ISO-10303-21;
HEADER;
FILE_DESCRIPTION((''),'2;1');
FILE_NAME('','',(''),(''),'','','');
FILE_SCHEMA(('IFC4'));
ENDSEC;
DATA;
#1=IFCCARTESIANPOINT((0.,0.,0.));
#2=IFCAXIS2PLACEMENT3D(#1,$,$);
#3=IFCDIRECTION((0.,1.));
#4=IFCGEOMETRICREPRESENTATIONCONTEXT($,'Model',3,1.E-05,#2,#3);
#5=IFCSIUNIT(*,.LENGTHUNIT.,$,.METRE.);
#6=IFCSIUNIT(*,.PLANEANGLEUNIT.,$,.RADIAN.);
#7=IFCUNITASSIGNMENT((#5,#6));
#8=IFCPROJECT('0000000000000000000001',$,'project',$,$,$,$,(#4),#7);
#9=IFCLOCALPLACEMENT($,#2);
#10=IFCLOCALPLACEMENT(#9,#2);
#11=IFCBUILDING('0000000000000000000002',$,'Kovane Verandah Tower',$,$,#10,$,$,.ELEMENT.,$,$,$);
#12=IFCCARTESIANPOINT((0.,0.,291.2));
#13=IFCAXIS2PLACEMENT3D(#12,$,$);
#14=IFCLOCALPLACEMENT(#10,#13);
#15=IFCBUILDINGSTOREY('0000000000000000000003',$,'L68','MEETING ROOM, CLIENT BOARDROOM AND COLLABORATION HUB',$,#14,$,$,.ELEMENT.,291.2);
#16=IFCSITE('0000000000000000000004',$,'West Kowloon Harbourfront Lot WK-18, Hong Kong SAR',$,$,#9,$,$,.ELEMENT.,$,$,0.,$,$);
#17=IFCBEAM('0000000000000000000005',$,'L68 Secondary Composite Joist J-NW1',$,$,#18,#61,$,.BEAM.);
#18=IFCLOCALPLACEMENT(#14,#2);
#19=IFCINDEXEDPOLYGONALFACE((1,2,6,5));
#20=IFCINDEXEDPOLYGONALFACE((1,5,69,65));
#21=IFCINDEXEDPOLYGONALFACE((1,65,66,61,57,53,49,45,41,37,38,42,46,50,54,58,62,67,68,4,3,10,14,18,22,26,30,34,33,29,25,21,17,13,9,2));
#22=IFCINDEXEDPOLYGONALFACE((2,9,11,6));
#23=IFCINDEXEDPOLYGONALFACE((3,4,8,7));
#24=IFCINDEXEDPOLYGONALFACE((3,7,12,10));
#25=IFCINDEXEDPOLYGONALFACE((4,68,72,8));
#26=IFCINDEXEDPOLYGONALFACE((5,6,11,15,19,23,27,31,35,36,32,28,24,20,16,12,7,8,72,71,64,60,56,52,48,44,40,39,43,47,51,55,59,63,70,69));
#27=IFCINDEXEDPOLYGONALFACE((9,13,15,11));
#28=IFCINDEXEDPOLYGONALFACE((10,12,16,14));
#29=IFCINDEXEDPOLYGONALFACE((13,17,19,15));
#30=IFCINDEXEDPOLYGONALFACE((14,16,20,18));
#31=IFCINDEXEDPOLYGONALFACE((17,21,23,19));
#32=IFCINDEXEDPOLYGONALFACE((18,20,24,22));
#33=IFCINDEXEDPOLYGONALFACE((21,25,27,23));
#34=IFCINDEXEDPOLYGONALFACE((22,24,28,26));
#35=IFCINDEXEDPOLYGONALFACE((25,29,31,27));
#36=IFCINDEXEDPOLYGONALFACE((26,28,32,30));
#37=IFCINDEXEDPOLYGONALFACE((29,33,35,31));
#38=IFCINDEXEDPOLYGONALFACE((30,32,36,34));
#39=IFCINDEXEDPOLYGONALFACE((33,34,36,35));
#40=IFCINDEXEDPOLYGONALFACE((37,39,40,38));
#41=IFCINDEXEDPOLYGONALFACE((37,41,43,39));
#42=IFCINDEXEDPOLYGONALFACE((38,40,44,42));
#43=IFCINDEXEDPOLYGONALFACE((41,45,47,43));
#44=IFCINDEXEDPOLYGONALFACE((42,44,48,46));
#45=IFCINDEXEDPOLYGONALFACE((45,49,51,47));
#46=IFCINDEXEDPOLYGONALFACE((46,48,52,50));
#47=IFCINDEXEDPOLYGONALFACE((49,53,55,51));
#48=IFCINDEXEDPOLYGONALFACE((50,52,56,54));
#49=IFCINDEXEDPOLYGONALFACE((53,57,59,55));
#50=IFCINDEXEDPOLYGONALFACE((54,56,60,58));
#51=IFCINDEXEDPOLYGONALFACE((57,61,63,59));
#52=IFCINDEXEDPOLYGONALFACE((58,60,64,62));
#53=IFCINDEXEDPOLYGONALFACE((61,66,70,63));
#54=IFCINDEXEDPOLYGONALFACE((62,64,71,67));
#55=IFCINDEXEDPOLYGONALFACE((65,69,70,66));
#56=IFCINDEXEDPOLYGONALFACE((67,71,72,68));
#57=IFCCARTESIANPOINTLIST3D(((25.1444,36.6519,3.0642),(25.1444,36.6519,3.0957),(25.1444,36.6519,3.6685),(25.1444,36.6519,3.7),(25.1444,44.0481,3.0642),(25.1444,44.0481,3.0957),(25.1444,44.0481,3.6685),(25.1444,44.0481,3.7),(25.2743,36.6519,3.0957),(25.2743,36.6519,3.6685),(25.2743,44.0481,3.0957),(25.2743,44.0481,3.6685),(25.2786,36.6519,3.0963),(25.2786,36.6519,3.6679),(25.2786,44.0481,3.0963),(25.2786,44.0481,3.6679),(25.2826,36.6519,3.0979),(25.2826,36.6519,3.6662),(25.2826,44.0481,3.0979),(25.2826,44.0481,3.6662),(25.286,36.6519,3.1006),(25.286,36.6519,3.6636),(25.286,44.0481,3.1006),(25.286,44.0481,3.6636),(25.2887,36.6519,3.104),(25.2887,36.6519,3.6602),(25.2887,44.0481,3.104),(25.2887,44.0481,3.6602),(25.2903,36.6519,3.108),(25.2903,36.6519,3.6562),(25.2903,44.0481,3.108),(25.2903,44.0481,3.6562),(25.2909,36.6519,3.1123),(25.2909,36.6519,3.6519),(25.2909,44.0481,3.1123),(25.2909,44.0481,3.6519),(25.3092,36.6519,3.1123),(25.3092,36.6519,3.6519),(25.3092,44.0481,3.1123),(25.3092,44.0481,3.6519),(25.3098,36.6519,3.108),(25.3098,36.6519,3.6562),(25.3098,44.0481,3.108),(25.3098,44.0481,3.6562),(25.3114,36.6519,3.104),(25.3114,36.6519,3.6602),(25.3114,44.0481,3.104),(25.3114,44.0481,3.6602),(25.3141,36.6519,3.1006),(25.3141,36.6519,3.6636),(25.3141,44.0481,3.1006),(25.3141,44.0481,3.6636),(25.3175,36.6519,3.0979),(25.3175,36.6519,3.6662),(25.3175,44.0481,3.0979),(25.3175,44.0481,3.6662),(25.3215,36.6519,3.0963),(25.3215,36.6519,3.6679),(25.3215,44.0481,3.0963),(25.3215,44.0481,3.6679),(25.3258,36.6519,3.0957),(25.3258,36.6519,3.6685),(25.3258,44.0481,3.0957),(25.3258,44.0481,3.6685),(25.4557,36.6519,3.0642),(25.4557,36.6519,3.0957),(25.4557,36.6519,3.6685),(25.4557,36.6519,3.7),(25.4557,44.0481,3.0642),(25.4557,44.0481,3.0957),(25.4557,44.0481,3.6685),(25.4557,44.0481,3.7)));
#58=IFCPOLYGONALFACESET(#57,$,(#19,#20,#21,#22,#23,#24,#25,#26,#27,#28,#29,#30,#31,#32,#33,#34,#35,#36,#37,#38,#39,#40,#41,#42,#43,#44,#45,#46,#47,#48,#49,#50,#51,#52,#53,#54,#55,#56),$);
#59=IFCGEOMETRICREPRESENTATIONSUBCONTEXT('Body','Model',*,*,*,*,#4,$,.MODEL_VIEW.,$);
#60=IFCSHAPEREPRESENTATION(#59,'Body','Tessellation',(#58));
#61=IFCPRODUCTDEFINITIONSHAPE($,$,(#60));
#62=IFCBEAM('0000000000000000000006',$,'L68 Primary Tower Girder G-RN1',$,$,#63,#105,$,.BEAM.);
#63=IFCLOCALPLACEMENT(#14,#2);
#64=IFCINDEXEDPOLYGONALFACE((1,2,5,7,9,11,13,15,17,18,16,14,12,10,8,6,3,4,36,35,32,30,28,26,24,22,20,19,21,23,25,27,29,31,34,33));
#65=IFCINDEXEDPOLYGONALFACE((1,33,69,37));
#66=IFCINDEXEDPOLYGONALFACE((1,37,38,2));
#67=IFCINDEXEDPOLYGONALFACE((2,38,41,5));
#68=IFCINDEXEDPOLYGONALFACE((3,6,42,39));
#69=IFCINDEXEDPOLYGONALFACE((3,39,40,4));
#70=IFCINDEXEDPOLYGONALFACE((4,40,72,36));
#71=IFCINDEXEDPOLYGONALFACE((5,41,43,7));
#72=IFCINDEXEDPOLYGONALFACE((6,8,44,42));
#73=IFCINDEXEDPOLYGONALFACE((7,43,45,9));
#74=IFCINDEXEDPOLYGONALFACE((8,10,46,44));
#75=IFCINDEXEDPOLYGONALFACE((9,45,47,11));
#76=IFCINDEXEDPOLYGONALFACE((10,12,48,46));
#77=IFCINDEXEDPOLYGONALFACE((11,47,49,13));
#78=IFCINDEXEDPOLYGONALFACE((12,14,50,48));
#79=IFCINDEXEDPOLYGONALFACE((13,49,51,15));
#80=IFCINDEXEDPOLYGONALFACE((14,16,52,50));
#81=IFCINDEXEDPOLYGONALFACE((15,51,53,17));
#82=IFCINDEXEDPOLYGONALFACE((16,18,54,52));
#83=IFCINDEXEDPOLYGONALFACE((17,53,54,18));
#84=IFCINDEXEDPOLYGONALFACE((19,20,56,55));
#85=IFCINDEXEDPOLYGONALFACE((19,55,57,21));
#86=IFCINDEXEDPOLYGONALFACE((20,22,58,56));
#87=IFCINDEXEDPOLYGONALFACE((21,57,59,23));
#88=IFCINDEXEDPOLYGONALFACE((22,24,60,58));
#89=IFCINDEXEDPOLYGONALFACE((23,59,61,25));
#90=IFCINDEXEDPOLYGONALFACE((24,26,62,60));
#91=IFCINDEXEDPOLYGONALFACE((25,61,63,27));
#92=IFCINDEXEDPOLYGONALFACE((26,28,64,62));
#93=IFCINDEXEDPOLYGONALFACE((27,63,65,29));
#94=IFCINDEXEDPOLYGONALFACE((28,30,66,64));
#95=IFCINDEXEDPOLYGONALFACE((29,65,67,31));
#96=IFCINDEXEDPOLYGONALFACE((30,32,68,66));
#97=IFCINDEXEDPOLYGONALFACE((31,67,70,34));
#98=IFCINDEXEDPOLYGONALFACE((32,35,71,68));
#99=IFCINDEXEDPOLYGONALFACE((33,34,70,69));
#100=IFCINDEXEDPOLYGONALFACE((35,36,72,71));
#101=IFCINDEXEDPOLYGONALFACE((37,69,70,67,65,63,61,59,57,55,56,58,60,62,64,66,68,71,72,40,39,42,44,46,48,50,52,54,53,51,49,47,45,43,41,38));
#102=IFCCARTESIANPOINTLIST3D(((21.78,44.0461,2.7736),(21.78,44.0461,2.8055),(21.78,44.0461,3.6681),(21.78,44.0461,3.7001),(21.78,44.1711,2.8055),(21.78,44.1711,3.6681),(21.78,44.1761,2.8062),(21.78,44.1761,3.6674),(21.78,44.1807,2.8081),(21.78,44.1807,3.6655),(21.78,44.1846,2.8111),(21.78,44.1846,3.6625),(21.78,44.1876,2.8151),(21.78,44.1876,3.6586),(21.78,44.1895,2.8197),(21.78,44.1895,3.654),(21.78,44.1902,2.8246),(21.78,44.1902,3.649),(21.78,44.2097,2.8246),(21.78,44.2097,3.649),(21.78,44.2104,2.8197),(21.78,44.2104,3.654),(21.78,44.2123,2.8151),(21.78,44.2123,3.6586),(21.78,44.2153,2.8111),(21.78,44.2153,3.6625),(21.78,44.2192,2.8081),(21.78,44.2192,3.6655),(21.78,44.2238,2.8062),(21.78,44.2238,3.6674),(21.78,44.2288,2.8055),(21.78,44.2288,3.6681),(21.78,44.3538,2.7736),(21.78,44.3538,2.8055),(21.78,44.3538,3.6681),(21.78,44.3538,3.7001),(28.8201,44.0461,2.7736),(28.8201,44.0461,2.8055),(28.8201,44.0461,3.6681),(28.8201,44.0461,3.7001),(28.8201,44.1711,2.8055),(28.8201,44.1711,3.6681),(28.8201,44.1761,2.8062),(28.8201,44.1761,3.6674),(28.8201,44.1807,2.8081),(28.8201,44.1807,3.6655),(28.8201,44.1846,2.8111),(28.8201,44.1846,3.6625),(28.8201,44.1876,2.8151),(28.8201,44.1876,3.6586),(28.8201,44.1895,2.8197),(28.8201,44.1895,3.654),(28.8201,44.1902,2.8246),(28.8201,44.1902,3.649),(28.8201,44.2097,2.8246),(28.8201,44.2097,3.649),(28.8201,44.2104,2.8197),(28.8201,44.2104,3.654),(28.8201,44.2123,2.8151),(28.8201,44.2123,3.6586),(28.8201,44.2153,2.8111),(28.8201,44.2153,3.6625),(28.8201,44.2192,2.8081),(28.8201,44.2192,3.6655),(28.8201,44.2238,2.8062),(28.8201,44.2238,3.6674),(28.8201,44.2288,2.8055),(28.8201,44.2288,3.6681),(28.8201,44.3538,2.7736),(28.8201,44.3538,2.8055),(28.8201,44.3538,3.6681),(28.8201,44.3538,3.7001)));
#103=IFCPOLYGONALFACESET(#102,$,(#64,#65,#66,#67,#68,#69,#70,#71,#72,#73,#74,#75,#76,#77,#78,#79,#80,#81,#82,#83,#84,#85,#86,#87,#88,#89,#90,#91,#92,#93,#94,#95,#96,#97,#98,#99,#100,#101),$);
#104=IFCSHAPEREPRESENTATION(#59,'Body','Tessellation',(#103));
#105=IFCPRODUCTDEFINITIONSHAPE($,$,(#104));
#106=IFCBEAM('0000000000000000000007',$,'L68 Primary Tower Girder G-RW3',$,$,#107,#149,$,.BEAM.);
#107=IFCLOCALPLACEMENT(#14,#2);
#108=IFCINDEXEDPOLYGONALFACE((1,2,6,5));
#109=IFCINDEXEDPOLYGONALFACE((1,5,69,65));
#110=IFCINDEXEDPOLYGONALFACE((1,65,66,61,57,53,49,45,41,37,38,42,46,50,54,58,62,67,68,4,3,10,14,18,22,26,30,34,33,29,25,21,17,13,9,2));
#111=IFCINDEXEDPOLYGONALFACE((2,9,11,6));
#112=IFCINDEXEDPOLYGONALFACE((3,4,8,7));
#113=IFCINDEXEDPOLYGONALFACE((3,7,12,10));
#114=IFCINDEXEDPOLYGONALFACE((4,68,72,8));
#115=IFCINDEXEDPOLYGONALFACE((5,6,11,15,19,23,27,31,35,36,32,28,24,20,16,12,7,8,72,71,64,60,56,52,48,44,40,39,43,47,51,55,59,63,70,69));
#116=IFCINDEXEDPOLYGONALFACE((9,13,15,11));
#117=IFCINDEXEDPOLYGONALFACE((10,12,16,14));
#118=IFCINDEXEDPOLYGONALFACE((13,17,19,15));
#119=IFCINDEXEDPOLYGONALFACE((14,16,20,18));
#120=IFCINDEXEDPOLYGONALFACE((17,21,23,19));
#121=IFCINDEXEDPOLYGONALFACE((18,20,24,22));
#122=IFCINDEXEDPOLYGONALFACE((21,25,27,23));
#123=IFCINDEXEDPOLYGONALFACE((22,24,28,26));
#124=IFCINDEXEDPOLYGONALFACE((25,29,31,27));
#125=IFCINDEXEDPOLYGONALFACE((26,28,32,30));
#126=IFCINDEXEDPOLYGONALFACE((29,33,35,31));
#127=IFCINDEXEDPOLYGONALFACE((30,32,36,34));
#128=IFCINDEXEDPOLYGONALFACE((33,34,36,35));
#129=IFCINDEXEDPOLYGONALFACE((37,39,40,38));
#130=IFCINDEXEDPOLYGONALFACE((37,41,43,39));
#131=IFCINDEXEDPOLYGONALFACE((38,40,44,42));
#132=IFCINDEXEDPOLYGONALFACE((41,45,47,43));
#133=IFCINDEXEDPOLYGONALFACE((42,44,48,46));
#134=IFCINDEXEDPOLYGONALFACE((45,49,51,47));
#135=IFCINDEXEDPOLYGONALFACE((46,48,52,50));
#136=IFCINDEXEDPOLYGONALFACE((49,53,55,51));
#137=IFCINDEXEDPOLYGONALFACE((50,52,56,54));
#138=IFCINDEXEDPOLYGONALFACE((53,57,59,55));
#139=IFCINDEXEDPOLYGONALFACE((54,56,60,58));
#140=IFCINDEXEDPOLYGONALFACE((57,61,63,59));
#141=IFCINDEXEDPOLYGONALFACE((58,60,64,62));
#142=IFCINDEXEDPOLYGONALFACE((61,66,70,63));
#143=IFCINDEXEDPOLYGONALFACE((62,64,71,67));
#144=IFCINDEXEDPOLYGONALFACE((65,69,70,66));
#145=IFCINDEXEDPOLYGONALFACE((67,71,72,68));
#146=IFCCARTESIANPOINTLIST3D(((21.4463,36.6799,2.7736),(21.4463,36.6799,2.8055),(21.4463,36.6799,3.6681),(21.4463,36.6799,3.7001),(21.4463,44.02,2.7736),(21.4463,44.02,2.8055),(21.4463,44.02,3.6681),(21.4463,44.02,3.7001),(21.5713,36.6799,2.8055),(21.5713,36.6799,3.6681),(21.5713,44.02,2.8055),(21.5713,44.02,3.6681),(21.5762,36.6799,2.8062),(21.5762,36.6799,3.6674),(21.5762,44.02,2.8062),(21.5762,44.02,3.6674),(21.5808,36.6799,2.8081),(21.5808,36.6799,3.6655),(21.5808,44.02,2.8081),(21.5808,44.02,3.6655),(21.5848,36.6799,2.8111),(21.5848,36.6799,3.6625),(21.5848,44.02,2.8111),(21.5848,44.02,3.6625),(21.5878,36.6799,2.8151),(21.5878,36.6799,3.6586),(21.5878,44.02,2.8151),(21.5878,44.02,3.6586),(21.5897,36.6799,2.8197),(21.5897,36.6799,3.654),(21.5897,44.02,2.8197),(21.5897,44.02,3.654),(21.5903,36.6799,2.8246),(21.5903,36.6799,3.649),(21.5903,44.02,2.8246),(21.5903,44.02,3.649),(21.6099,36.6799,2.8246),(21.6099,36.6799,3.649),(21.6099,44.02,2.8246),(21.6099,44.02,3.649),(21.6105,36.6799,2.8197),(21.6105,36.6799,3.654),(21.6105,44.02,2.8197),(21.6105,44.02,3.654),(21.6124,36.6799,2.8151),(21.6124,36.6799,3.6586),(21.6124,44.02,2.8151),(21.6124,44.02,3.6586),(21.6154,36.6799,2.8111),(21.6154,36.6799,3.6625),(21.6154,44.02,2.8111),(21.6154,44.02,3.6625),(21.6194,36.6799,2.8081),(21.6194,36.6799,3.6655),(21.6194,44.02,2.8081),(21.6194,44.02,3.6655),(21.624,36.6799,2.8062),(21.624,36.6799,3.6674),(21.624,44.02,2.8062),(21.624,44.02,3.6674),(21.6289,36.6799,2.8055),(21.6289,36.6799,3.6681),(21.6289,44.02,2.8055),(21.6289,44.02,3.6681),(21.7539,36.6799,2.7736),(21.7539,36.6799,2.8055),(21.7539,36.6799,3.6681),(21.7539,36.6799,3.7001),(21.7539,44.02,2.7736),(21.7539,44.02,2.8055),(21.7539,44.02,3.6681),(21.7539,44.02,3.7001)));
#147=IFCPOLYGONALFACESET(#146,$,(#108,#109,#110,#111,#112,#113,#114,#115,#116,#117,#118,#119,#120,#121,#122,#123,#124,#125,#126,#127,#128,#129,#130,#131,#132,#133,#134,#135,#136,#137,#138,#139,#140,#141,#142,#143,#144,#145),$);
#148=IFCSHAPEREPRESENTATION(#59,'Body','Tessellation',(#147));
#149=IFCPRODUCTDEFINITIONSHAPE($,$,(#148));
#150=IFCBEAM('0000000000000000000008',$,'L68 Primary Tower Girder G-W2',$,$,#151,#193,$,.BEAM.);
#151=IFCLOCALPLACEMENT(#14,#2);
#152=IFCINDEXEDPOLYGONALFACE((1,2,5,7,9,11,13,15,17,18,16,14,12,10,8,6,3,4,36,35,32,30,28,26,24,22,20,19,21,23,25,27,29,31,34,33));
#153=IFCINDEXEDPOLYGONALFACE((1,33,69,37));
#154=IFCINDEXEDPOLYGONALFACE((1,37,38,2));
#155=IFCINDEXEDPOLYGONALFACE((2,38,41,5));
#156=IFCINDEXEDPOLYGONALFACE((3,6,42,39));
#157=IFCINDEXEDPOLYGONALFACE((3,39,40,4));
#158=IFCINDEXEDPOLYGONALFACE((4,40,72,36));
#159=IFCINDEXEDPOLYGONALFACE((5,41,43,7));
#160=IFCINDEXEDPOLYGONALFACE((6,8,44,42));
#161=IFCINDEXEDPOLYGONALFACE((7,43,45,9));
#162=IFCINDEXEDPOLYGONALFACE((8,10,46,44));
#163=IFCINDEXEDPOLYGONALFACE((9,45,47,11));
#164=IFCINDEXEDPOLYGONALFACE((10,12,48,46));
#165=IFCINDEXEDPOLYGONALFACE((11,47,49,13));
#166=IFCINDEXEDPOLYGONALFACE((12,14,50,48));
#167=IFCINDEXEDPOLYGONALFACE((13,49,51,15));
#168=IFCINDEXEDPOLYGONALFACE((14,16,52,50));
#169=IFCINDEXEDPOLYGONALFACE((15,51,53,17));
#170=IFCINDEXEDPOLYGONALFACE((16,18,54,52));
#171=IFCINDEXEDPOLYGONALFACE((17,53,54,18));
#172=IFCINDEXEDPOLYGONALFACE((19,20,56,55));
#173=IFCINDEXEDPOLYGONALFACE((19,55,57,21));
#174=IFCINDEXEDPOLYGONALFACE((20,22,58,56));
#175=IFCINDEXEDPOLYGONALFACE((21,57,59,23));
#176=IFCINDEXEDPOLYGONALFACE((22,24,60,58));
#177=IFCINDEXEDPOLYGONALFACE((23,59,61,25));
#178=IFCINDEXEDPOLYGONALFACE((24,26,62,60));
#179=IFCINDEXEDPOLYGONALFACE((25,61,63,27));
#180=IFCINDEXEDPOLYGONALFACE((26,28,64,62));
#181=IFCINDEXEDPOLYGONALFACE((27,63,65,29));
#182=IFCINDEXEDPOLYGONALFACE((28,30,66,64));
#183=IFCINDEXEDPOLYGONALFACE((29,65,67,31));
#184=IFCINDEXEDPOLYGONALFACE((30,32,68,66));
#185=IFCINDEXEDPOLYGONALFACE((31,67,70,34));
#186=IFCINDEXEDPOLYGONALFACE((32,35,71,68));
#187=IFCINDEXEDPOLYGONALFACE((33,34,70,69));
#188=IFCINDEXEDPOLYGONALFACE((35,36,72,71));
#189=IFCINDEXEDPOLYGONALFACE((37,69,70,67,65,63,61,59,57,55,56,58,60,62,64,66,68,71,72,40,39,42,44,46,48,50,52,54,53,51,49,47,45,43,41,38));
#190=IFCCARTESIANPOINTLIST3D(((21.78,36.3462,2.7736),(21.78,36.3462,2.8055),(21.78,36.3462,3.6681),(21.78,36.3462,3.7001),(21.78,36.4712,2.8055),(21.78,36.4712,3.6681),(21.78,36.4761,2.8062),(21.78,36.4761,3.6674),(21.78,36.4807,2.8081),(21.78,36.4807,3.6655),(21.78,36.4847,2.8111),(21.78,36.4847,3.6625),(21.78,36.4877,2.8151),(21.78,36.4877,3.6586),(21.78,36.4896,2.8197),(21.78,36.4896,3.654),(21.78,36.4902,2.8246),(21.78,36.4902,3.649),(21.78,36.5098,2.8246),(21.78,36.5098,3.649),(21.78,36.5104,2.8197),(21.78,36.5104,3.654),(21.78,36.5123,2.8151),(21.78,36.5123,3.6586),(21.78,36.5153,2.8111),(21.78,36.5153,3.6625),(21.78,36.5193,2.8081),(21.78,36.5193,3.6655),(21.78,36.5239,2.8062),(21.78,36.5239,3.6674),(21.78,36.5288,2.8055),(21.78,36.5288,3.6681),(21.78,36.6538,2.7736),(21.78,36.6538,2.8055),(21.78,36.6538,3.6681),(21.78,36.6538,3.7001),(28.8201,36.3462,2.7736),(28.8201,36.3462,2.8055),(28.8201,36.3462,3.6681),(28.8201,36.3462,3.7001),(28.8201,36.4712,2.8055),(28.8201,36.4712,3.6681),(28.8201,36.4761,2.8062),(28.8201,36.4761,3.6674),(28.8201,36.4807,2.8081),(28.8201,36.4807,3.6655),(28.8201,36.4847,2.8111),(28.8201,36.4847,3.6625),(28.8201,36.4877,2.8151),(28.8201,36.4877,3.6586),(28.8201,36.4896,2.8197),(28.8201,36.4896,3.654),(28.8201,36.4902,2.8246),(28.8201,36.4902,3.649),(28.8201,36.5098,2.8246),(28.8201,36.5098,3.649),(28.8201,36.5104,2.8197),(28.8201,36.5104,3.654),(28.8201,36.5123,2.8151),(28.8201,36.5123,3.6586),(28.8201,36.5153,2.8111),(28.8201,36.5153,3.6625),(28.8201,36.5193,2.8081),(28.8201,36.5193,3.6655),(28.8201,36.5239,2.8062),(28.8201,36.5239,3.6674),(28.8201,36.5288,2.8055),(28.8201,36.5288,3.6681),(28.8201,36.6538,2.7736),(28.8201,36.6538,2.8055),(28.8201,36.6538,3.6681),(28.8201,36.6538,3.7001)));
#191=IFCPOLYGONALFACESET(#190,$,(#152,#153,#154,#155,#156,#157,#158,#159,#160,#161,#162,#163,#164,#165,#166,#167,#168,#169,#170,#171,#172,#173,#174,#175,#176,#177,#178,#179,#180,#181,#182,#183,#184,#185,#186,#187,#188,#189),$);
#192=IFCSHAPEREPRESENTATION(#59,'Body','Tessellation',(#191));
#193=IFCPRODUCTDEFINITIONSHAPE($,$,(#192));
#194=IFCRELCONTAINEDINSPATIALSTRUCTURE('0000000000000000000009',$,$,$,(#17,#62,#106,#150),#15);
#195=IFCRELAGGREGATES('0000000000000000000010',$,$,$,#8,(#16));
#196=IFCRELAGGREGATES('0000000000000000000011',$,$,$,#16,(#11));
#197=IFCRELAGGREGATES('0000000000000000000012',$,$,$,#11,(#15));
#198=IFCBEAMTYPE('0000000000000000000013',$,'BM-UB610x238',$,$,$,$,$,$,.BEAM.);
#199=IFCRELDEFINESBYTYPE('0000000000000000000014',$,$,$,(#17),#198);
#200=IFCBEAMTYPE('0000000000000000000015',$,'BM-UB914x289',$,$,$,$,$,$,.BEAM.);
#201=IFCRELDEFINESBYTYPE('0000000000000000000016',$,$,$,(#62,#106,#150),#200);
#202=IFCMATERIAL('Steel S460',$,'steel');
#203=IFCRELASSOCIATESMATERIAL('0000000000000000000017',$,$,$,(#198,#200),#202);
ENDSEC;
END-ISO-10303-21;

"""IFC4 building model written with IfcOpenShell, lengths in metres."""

from ifc_helpers import new_model, si_unit, direction, frame, origin, origin_2d, place, context, subcontext, project, spatial, i_section, extrude, material, material_profile, profile_set, type_object, element, save


model = new_model("IFC4")

# Units and contexts
model_context = context("Model", 3, precision=1e-05, world=origin(), true_north=direction((0.0, 1.0)))
body_context = subcontext(model_context, "Body", "Model", "MODEL_VIEW")
ifc_project = project(units=[si_unit("LENGTHUNIT", "METRE"), si_unit("PLANEANGLEUNIT", "RADIAN")], contexts=[model_context])

# Site, building, storey
site_placement = place(None, origin())
site = spatial("IfcSite", under=ifc_project, at=site_placement, Name="West Kowloon Harbourfront Lot WK-18, Hong Kong SAR", CompositionType="ELEMENT", RefElevation=0.0)
building_placement = place(site_placement, origin())
building = spatial("IfcBuilding", under=site, at=building_placement, Name="Kovane Verandah Tower", CompositionType="ELEMENT")
storey_placement = place(building_placement, frame((0.0, 0.0, 291.2)))
storey = spatial("IfcBuildingStorey", under=building, at=storey_placement, Name="L68", Description="MEETING ROOM, CLIENT BOARDROOM AND COLLABORATION HUB", CompositionType="ELEMENT", Elevation=291.2)

# Shared definitions
ifc_material_1 = material(Name="Steel S460", Category="steel")

# Beams
ifc_material_profile_1 = material_profile(ifc_material_1, i_section(OverallWidth=0.3113, OverallDepth=0.6357, WebThickness=0.0183, FlangeThickness=0.0315, FilletRadius=0.0166, at=origin_2d()), Name="UB610x305x238")
ifc_profile_set_1 = profile_set([ifc_material_profile_1], Name="Steel S460")
beam_type_1 = type_object("IfcBeamType", Name="BM-UB610x238", PredefinedType="BEAM", material=ifc_profile_set_1)
beam_1_placement = place(storey_placement, frame((25.3, 36.6519, 3.3821), z_axis=(0.0, 1.0, 0.0), x_axis=(-1.0, 0.0, 0.0)))
element("IfcBeam", 1, at=beam_1_placement, inside=storey, type_object=beam_type_1, Name="L68 Secondary Composite Joist J-NW1", PredefinedType="BEAM", context=body_context, shape_type="SweptSolid", body=[
    extrude(i_section(OverallWidth=0.3113, OverallDepth=0.6357, WebThickness=0.0183, FlangeThickness=0.0315, FilletRadius=0.0166, at=origin_2d()), origin(), (0.0, 0.0, 1.0), 7.3962),
])
ifc_material_profile_2 = material_profile(ifc_material_1, i_section(OverallWidth=0.3076, OverallDepth=0.9265, WebThickness=0.0195, FlangeThickness=0.032, FilletRadius=0.019, at=origin_2d()), Name="UB914x305x289")
ifc_profile_set_2 = profile_set([ifc_material_profile_2], Name="Steel S460")
beam_type_2 = type_object("IfcBeamType", Name="BM-UB914x289", PredefinedType="BEAM", material=ifc_profile_set_2)
beam_2_placement = place(storey_placement, frame((21.78, 44.2, 3.2368), z_axis=(1.0, 0.0, 0.0), x_axis=(0.0, 1.0, 0.0)))
element("IfcBeam", 2, at=beam_2_placement, inside=storey, type_object=beam_type_2, Name="L68 Primary Tower Girder G-RN1", PredefinedType="BEAM", context=body_context, shape_type="SweptSolid", body=[
    extrude(i_section(OverallWidth=0.3076, OverallDepth=0.9265, WebThickness=0.0195, FlangeThickness=0.032, FilletRadius=0.019, at=origin_2d()), origin(), (0.0, 0.0, 1.0), 7.04),
])
beam_3_placement = place(storey_placement, frame((21.6001, 36.6799, 3.2368), z_axis=(0.0, 1.0, 0.0), x_axis=(-1.0, 0.0, 0.0)))
element("IfcBeam", 3, at=beam_3_placement, inside=storey, type_object=beam_type_2, Name="L68 Primary Tower Girder G-RW3", PredefinedType="BEAM", context=body_context, shape_type="SweptSolid", body=[
    extrude(i_section(OverallWidth=0.3076, OverallDepth=0.9265, WebThickness=0.0195, FlangeThickness=0.032, FilletRadius=0.019, at=origin_2d()), origin(), (0.0, 0.0, 1.0), 7.3401),
])
beam_4_placement = place(storey_placement, frame((28.8201, 36.5, 3.2368), z_axis=(-1.0, 0.0, 0.0), x_axis=(0.0, -1.0, 0.0)))
element("IfcBeam", 4, at=beam_4_placement, inside=storey, type_object=beam_type_2, Name="L68 Primary Tower Girder G-W2", PredefinedType="BEAM", context=body_context, shape_type="SweptSolid", body=[
    extrude(i_section(OverallWidth=0.3076, OverallDepth=0.9265, WebThickness=0.0195, FlangeThickness=0.032, FilletRadius=0.019, at=origin_2d()), origin(), (0.0, 0.0, 1.0), 7.04),
])

save(model, "model.ifc")
